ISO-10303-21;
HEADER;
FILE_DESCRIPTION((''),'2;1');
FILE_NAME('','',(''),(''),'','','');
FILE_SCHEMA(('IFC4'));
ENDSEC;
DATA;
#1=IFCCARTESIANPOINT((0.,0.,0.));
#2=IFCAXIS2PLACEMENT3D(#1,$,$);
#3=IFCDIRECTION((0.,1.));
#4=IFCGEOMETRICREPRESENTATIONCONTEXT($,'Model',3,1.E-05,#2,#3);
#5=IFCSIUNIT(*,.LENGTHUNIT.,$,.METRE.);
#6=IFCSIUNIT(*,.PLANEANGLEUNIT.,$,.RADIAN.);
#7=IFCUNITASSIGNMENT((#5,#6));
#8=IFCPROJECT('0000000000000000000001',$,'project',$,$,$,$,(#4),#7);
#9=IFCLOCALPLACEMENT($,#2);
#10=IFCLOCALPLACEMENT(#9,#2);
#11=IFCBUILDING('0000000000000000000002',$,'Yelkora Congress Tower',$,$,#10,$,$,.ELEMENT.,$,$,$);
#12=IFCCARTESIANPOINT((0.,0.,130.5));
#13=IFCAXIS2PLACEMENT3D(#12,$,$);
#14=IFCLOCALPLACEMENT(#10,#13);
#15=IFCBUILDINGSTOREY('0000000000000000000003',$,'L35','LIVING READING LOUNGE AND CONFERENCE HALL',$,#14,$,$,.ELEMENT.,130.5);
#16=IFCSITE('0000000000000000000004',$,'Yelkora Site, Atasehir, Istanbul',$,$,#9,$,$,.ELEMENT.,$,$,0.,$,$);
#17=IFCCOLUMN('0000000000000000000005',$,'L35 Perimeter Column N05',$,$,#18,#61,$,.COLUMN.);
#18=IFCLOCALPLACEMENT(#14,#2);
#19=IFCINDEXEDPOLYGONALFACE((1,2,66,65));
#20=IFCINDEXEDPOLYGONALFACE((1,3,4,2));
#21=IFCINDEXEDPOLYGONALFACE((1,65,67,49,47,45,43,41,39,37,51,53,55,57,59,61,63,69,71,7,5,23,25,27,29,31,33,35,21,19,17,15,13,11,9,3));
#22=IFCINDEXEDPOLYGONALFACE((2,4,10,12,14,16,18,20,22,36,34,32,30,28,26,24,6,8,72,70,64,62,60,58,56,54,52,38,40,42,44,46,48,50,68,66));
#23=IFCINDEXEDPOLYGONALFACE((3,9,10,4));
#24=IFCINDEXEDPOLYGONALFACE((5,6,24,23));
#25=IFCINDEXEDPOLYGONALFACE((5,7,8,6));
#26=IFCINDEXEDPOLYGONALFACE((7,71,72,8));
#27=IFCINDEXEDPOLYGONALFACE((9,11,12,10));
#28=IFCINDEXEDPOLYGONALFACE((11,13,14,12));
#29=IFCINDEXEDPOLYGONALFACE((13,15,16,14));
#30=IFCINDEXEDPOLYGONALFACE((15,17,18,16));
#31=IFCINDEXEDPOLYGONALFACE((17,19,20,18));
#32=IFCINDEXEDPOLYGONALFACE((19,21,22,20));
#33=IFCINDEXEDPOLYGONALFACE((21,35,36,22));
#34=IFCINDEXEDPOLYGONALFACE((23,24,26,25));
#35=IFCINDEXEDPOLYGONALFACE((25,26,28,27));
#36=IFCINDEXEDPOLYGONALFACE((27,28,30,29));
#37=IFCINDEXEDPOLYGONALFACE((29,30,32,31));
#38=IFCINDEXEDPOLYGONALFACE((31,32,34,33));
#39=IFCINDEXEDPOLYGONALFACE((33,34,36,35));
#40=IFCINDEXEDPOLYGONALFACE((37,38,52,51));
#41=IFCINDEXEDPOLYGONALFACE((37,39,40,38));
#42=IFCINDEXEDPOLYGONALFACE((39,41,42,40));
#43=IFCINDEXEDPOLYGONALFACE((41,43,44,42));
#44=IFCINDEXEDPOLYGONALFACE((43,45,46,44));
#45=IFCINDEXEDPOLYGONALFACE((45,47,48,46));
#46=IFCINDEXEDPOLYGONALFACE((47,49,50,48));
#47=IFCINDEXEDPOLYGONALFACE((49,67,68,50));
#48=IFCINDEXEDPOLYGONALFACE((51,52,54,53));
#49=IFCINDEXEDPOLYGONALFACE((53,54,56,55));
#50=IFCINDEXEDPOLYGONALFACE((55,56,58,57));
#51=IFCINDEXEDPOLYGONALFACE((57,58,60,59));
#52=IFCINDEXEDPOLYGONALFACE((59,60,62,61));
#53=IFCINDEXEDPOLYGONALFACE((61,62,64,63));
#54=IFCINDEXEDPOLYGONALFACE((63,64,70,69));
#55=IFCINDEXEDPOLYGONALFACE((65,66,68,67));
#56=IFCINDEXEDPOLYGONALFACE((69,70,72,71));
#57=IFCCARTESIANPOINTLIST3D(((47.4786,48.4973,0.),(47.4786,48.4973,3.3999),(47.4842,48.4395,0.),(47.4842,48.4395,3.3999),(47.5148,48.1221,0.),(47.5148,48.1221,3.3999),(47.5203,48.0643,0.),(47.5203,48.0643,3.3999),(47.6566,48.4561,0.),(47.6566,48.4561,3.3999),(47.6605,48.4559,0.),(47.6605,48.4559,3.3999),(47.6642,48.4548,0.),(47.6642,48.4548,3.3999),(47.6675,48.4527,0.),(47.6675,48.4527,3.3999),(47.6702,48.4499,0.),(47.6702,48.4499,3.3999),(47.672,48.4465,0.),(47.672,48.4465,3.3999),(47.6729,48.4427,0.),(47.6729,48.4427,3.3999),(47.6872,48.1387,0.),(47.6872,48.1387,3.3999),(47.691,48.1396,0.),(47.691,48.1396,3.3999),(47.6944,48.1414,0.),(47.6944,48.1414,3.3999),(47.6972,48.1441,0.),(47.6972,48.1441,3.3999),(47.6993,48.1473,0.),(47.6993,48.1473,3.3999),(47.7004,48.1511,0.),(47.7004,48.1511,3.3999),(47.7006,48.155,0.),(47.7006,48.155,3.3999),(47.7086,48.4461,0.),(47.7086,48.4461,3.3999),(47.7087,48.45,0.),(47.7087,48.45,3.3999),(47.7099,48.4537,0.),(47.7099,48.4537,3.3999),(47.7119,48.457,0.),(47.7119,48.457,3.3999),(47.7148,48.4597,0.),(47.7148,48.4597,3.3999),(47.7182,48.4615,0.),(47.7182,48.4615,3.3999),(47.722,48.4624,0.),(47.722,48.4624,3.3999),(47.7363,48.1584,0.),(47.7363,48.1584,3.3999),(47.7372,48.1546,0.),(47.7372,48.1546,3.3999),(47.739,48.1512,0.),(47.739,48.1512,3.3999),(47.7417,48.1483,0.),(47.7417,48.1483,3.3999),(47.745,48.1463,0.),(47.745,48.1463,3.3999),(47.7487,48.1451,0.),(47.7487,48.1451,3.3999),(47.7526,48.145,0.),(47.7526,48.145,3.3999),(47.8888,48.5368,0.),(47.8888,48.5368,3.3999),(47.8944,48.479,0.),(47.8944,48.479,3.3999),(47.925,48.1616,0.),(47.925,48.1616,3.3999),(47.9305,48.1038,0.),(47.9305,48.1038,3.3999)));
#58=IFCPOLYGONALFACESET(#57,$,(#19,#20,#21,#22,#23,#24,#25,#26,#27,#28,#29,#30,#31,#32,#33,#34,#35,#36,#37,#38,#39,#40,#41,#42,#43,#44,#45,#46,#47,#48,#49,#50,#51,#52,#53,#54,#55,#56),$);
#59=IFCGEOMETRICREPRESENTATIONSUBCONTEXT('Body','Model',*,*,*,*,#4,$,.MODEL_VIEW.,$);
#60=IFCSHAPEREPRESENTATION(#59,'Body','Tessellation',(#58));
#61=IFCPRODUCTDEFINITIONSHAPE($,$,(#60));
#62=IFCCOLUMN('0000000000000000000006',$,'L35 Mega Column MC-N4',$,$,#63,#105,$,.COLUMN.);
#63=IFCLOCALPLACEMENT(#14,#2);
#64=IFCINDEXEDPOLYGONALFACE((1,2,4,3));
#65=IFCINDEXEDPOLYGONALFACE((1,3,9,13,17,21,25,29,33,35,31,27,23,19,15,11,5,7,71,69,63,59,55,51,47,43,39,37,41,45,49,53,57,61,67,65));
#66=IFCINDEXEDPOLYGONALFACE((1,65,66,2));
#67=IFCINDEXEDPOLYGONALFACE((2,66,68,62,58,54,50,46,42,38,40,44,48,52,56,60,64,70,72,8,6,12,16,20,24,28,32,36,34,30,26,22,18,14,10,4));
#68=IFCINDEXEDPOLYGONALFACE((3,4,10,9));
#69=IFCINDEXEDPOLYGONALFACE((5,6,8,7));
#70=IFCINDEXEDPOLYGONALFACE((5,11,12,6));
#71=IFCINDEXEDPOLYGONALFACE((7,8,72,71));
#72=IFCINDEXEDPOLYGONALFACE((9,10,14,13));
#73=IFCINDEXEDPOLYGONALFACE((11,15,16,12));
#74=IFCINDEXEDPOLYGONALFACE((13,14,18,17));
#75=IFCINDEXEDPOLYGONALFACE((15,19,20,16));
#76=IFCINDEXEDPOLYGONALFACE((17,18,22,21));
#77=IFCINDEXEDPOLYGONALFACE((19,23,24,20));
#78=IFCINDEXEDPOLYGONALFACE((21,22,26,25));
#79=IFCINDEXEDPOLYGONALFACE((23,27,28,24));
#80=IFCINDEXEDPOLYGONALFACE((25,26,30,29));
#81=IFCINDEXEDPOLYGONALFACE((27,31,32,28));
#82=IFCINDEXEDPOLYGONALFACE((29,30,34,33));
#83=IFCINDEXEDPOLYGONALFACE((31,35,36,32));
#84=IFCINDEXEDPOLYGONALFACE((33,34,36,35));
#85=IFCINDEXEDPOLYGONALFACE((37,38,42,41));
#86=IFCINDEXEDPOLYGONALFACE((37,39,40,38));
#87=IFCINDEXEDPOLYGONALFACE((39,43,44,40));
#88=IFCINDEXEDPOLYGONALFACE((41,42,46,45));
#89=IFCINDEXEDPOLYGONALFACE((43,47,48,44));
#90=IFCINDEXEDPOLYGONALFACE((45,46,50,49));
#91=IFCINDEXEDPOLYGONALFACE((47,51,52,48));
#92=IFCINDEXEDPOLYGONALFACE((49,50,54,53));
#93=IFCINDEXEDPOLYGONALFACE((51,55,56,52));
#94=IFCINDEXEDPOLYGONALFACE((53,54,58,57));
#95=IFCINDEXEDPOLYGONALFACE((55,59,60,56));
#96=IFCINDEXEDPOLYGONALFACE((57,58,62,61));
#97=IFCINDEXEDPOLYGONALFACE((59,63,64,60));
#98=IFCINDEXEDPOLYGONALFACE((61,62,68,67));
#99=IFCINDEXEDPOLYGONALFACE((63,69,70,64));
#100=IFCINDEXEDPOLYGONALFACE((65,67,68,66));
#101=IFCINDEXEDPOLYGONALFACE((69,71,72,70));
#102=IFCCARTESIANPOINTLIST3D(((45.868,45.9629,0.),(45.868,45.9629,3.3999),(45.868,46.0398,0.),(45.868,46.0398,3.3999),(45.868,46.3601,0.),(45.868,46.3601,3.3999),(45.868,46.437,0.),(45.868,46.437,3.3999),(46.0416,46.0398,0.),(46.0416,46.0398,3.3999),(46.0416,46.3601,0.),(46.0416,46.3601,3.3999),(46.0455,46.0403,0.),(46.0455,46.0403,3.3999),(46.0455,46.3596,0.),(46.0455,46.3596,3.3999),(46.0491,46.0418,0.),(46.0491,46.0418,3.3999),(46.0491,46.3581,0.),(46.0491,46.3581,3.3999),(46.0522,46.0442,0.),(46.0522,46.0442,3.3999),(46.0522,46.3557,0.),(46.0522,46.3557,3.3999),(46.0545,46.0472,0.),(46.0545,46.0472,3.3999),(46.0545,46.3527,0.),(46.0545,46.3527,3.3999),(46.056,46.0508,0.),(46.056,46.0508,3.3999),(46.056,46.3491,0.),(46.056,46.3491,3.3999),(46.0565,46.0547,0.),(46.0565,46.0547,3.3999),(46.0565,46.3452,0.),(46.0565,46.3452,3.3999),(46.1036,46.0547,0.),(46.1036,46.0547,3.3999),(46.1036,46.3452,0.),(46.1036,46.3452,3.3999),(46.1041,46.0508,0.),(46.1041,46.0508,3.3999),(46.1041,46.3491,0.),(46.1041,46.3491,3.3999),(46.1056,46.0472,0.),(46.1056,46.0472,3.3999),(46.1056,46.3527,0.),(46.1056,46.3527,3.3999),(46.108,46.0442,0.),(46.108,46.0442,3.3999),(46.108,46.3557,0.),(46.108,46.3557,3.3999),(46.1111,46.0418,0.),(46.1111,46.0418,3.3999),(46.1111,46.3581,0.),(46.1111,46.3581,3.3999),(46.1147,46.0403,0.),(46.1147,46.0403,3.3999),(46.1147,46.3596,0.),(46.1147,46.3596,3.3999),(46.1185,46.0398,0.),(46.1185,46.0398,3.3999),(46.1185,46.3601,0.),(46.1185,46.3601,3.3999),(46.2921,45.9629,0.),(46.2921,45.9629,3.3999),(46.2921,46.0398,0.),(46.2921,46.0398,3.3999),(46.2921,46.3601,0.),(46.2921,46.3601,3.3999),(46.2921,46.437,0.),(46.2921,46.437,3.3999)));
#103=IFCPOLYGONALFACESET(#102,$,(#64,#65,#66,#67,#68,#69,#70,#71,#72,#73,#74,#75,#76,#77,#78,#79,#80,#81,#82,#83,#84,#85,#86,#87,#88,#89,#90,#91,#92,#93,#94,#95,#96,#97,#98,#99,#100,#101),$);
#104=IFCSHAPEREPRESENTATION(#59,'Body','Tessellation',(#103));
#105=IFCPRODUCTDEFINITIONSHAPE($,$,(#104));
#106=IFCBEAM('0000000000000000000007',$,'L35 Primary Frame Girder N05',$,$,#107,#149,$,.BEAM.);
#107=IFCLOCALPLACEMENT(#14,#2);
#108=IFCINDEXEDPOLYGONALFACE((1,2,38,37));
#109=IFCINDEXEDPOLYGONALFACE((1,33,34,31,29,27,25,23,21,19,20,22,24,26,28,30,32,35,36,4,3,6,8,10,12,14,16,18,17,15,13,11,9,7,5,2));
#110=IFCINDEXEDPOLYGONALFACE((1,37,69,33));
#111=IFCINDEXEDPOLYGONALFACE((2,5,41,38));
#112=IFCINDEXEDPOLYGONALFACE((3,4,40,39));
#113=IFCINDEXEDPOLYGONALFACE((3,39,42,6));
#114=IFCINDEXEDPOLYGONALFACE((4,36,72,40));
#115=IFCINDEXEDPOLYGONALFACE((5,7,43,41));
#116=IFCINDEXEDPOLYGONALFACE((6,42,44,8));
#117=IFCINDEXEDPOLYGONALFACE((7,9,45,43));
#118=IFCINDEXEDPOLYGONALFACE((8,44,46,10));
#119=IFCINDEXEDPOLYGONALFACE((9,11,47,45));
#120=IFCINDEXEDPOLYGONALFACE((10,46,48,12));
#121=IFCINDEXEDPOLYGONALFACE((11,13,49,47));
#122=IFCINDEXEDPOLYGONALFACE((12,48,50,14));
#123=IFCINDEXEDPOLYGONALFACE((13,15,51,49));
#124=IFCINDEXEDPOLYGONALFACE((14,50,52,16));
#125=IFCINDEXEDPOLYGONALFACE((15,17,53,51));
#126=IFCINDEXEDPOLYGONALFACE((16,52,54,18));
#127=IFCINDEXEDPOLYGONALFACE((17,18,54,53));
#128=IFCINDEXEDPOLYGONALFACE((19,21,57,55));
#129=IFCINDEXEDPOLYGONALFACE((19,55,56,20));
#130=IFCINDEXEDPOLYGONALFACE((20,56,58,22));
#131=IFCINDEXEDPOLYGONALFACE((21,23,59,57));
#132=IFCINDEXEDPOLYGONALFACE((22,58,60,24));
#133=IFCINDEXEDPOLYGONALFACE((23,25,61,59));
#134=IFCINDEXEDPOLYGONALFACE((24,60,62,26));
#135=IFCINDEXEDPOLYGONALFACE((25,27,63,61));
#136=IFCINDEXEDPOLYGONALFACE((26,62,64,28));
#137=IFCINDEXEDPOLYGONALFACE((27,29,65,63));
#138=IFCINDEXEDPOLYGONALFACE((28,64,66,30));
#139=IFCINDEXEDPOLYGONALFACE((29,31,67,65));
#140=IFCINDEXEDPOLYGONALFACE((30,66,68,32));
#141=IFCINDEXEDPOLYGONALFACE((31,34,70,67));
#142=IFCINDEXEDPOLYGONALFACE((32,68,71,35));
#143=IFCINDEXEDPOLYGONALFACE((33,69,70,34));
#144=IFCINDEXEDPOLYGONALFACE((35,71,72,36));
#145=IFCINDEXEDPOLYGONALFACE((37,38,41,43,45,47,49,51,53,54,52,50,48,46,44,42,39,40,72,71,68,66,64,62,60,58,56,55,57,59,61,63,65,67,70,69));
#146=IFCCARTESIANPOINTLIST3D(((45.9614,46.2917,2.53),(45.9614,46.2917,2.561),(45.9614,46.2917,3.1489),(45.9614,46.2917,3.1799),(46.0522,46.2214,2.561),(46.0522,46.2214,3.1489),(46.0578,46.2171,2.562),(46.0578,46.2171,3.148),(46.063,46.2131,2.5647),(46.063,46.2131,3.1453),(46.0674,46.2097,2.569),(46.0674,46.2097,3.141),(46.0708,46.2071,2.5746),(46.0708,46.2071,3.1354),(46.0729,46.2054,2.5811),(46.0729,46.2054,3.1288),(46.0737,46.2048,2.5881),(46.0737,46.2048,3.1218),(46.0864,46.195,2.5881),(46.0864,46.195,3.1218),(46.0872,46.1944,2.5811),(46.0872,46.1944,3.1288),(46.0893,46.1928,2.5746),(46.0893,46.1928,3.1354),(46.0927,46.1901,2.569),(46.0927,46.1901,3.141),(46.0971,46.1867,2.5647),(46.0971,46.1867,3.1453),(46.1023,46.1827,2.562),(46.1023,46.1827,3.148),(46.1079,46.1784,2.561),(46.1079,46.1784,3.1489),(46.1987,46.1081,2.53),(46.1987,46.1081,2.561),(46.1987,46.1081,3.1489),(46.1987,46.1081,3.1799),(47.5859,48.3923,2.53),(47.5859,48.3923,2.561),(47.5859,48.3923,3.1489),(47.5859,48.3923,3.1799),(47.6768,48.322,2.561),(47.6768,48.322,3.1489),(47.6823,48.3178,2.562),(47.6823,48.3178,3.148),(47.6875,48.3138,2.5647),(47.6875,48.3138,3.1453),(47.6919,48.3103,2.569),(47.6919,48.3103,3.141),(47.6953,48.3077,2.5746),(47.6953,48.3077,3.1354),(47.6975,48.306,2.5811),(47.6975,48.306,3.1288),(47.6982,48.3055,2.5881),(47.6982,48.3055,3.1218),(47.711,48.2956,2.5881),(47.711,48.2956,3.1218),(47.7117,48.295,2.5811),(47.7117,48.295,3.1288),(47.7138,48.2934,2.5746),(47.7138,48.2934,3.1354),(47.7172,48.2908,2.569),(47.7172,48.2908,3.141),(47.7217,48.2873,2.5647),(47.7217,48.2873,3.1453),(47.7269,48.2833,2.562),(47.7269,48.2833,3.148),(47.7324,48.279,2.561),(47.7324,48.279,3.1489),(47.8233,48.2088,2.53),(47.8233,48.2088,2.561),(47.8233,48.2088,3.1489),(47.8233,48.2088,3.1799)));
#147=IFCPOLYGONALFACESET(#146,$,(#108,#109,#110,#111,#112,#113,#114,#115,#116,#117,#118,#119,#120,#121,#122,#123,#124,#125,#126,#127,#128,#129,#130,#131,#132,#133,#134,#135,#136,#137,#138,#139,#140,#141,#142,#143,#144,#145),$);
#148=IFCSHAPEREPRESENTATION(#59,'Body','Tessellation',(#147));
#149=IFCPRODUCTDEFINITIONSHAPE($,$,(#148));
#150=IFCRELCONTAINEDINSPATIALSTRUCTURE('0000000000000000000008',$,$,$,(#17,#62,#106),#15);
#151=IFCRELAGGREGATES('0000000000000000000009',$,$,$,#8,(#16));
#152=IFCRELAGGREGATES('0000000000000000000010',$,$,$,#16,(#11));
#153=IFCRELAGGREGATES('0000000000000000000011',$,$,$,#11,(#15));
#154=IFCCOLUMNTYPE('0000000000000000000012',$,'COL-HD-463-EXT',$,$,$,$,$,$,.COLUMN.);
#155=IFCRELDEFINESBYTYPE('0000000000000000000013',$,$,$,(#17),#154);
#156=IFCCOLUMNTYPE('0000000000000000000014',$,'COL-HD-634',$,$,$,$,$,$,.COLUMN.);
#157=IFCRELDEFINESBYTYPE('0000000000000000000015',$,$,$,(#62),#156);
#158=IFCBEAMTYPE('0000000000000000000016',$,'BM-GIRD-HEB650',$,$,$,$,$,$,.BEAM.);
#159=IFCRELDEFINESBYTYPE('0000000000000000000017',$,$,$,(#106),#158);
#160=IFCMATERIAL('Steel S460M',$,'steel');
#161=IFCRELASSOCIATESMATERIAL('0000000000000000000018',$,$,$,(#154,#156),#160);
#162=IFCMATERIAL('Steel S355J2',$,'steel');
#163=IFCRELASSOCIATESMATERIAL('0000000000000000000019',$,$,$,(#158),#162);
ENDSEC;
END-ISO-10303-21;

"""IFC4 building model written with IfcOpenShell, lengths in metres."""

from ifc_helpers import new_model, si_unit, direction, frame, origin, origin_2d, place, context, subcontext, project, spatial, i_section, extrude, material, material_profile, profile_set, type_object, element, save


model = new_model("IFC4")

# Units and contexts
model_context = context("Model", 3, precision=1e-05, world=origin(), true_north=direction((0.0, 1.0)))
body_context = subcontext(model_context, "Body", "Model", "MODEL_VIEW")
ifc_project = project(units=[si_unit("LENGTHUNIT", "METRE"), si_unit("PLANEANGLEUNIT", "RADIAN")], contexts=[model_context])

# Site, building, storey
site_placement = place(None, origin())
site = spatial("IfcSite", under=ifc_project, at=site_placement, Name="Yelkora Site, Atasehir, Istanbul", CompositionType="ELEMENT", RefElevation=0.0)
building_placement = place(site_placement, origin())
building = spatial("IfcBuilding", under=site, at=building_placement, Name="Yelkora Congress Tower", CompositionType="ELEMENT")
storey_placement = place(building_placement, frame((0.0, 0.0, 130.5)))
storey = spatial("IfcBuildingStorey", under=building, at=storey_placement, Name="L35", Description="LIVING READING LOUNGE AND CONFERENCE HALL", CompositionType="ELEMENT", Elevation=130.5)

# Columns
ifc_material_1 = material(Name="Steel S460M", Category="steel")
ifc_material_profile_1 = material_profile(ifc_material_1, i_section(OverallWidth=0.4121, OverallDepth=0.4351, WebThickness=0.0359, FlangeThickness=0.0581, FilletRadius=0.0149, at=origin_2d()), Name="HD 400x463")
ifc_profile_set_1 = profile_set([ifc_material_profile_1], Name="Steel S460M")
column_type_1 = type_object("IfcColumnType", Name="COL-HD-463-EXT", PredefinedType="COLUMN", material=ifc_profile_set_1)
column_1_placement = place(storey_placement, frame((47.7046, 48.3005, 0.0), z_axis=(0.0, 0.0, 1.0), x_axis=(0.995396, 0.095846, 0.0)))
element("IfcColumn", 1, at=column_1_placement, inside=storey, type_object=column_type_1, Name="L35 Perimeter Column N05", PredefinedType="COLUMN", context=body_context, shape_type="SweptSolid", body=[
    extrude(i_section(OverallWidth=0.4121, OverallDepth=0.4351, WebThickness=0.0359, FlangeThickness=0.0581, FilletRadius=0.0149, at=origin_2d()), origin(), (0.0, 0.0, 1.0), 3.3999),
])
ifc_material_profile_2 = material_profile(ifc_material_1, i_section(OverallWidth=0.4241, OverallDepth=0.4741, WebThickness=0.0471, FlangeThickness=0.0769, FilletRadius=0.0149, at=origin_2d()), Name="HD 400x634")
ifc_profile_set_2 = profile_set([ifc_material_profile_2], Name="Steel S460M")
column_type_2 = type_object("IfcColumnType", Name="COL-HD-634", PredefinedType="COLUMN", material=ifc_profile_set_2)
column_2_placement = place(storey_placement, frame((46.0801, 46.2, 0.0), z_axis=(0.0, 0.0, 1.0), x_axis=(1.0, 0.0, 0.0)))
element("IfcColumn", 2, at=column_2_placement, inside=storey, type_object=column_type_2, Name="L35 Mega Column MC-N4", PredefinedType="COLUMN", context=body_context, shape_type="SweptSolid", body=[
    extrude(i_section(OverallWidth=0.4241, OverallDepth=0.4741, WebThickness=0.0471, FlangeThickness=0.0769, FilletRadius=0.0149, at=origin_2d()), origin(), (0.0, 0.0, 1.0), 3.3999),
])

# Beam
ifc_material_2 = material(Name="Steel S355J2", Category="steel")
ifc_material_profile_3 = material_profile(ifc_material_2, i_section(OverallWidth=0.3, OverallDepth=0.6499, WebThickness=0.0161, FlangeThickness=0.031, FilletRadius=0.0271, at=origin_2d()), Name="HEB 650")
ifc_profile_set_3 = profile_set([ifc_material_profile_3], Name="Steel S355J2")
beam_type_1 = type_object("IfcBeamType", Name="BM-GIRD-HEB650", PredefinedType="BEAM", material=ifc_profile_set_3)
beam_1_placement = place(storey_placement, frame((47.7046, 48.3005, 2.855), z_axis=(-0.611761, -0.791042, 0.0), x_axis=(0.791042, -0.611761, 0.0)))
element("IfcBeam", 3, at=beam_1_placement, inside=storey, type_object=beam_type_1, Name="L35 Primary Frame Girder N05", PredefinedType="BEAM", context=body_context, shape_type="SweptSolid", body=[
    extrude(i_section(OverallWidth=0.3, OverallDepth=0.6499, WebThickness=0.0161, FlangeThickness=0.031, FilletRadius=0.0271, at=origin_2d()), origin(), (0.0, 0.0, 1.0), 2.6555),
])

save(model, "model.ifc")
